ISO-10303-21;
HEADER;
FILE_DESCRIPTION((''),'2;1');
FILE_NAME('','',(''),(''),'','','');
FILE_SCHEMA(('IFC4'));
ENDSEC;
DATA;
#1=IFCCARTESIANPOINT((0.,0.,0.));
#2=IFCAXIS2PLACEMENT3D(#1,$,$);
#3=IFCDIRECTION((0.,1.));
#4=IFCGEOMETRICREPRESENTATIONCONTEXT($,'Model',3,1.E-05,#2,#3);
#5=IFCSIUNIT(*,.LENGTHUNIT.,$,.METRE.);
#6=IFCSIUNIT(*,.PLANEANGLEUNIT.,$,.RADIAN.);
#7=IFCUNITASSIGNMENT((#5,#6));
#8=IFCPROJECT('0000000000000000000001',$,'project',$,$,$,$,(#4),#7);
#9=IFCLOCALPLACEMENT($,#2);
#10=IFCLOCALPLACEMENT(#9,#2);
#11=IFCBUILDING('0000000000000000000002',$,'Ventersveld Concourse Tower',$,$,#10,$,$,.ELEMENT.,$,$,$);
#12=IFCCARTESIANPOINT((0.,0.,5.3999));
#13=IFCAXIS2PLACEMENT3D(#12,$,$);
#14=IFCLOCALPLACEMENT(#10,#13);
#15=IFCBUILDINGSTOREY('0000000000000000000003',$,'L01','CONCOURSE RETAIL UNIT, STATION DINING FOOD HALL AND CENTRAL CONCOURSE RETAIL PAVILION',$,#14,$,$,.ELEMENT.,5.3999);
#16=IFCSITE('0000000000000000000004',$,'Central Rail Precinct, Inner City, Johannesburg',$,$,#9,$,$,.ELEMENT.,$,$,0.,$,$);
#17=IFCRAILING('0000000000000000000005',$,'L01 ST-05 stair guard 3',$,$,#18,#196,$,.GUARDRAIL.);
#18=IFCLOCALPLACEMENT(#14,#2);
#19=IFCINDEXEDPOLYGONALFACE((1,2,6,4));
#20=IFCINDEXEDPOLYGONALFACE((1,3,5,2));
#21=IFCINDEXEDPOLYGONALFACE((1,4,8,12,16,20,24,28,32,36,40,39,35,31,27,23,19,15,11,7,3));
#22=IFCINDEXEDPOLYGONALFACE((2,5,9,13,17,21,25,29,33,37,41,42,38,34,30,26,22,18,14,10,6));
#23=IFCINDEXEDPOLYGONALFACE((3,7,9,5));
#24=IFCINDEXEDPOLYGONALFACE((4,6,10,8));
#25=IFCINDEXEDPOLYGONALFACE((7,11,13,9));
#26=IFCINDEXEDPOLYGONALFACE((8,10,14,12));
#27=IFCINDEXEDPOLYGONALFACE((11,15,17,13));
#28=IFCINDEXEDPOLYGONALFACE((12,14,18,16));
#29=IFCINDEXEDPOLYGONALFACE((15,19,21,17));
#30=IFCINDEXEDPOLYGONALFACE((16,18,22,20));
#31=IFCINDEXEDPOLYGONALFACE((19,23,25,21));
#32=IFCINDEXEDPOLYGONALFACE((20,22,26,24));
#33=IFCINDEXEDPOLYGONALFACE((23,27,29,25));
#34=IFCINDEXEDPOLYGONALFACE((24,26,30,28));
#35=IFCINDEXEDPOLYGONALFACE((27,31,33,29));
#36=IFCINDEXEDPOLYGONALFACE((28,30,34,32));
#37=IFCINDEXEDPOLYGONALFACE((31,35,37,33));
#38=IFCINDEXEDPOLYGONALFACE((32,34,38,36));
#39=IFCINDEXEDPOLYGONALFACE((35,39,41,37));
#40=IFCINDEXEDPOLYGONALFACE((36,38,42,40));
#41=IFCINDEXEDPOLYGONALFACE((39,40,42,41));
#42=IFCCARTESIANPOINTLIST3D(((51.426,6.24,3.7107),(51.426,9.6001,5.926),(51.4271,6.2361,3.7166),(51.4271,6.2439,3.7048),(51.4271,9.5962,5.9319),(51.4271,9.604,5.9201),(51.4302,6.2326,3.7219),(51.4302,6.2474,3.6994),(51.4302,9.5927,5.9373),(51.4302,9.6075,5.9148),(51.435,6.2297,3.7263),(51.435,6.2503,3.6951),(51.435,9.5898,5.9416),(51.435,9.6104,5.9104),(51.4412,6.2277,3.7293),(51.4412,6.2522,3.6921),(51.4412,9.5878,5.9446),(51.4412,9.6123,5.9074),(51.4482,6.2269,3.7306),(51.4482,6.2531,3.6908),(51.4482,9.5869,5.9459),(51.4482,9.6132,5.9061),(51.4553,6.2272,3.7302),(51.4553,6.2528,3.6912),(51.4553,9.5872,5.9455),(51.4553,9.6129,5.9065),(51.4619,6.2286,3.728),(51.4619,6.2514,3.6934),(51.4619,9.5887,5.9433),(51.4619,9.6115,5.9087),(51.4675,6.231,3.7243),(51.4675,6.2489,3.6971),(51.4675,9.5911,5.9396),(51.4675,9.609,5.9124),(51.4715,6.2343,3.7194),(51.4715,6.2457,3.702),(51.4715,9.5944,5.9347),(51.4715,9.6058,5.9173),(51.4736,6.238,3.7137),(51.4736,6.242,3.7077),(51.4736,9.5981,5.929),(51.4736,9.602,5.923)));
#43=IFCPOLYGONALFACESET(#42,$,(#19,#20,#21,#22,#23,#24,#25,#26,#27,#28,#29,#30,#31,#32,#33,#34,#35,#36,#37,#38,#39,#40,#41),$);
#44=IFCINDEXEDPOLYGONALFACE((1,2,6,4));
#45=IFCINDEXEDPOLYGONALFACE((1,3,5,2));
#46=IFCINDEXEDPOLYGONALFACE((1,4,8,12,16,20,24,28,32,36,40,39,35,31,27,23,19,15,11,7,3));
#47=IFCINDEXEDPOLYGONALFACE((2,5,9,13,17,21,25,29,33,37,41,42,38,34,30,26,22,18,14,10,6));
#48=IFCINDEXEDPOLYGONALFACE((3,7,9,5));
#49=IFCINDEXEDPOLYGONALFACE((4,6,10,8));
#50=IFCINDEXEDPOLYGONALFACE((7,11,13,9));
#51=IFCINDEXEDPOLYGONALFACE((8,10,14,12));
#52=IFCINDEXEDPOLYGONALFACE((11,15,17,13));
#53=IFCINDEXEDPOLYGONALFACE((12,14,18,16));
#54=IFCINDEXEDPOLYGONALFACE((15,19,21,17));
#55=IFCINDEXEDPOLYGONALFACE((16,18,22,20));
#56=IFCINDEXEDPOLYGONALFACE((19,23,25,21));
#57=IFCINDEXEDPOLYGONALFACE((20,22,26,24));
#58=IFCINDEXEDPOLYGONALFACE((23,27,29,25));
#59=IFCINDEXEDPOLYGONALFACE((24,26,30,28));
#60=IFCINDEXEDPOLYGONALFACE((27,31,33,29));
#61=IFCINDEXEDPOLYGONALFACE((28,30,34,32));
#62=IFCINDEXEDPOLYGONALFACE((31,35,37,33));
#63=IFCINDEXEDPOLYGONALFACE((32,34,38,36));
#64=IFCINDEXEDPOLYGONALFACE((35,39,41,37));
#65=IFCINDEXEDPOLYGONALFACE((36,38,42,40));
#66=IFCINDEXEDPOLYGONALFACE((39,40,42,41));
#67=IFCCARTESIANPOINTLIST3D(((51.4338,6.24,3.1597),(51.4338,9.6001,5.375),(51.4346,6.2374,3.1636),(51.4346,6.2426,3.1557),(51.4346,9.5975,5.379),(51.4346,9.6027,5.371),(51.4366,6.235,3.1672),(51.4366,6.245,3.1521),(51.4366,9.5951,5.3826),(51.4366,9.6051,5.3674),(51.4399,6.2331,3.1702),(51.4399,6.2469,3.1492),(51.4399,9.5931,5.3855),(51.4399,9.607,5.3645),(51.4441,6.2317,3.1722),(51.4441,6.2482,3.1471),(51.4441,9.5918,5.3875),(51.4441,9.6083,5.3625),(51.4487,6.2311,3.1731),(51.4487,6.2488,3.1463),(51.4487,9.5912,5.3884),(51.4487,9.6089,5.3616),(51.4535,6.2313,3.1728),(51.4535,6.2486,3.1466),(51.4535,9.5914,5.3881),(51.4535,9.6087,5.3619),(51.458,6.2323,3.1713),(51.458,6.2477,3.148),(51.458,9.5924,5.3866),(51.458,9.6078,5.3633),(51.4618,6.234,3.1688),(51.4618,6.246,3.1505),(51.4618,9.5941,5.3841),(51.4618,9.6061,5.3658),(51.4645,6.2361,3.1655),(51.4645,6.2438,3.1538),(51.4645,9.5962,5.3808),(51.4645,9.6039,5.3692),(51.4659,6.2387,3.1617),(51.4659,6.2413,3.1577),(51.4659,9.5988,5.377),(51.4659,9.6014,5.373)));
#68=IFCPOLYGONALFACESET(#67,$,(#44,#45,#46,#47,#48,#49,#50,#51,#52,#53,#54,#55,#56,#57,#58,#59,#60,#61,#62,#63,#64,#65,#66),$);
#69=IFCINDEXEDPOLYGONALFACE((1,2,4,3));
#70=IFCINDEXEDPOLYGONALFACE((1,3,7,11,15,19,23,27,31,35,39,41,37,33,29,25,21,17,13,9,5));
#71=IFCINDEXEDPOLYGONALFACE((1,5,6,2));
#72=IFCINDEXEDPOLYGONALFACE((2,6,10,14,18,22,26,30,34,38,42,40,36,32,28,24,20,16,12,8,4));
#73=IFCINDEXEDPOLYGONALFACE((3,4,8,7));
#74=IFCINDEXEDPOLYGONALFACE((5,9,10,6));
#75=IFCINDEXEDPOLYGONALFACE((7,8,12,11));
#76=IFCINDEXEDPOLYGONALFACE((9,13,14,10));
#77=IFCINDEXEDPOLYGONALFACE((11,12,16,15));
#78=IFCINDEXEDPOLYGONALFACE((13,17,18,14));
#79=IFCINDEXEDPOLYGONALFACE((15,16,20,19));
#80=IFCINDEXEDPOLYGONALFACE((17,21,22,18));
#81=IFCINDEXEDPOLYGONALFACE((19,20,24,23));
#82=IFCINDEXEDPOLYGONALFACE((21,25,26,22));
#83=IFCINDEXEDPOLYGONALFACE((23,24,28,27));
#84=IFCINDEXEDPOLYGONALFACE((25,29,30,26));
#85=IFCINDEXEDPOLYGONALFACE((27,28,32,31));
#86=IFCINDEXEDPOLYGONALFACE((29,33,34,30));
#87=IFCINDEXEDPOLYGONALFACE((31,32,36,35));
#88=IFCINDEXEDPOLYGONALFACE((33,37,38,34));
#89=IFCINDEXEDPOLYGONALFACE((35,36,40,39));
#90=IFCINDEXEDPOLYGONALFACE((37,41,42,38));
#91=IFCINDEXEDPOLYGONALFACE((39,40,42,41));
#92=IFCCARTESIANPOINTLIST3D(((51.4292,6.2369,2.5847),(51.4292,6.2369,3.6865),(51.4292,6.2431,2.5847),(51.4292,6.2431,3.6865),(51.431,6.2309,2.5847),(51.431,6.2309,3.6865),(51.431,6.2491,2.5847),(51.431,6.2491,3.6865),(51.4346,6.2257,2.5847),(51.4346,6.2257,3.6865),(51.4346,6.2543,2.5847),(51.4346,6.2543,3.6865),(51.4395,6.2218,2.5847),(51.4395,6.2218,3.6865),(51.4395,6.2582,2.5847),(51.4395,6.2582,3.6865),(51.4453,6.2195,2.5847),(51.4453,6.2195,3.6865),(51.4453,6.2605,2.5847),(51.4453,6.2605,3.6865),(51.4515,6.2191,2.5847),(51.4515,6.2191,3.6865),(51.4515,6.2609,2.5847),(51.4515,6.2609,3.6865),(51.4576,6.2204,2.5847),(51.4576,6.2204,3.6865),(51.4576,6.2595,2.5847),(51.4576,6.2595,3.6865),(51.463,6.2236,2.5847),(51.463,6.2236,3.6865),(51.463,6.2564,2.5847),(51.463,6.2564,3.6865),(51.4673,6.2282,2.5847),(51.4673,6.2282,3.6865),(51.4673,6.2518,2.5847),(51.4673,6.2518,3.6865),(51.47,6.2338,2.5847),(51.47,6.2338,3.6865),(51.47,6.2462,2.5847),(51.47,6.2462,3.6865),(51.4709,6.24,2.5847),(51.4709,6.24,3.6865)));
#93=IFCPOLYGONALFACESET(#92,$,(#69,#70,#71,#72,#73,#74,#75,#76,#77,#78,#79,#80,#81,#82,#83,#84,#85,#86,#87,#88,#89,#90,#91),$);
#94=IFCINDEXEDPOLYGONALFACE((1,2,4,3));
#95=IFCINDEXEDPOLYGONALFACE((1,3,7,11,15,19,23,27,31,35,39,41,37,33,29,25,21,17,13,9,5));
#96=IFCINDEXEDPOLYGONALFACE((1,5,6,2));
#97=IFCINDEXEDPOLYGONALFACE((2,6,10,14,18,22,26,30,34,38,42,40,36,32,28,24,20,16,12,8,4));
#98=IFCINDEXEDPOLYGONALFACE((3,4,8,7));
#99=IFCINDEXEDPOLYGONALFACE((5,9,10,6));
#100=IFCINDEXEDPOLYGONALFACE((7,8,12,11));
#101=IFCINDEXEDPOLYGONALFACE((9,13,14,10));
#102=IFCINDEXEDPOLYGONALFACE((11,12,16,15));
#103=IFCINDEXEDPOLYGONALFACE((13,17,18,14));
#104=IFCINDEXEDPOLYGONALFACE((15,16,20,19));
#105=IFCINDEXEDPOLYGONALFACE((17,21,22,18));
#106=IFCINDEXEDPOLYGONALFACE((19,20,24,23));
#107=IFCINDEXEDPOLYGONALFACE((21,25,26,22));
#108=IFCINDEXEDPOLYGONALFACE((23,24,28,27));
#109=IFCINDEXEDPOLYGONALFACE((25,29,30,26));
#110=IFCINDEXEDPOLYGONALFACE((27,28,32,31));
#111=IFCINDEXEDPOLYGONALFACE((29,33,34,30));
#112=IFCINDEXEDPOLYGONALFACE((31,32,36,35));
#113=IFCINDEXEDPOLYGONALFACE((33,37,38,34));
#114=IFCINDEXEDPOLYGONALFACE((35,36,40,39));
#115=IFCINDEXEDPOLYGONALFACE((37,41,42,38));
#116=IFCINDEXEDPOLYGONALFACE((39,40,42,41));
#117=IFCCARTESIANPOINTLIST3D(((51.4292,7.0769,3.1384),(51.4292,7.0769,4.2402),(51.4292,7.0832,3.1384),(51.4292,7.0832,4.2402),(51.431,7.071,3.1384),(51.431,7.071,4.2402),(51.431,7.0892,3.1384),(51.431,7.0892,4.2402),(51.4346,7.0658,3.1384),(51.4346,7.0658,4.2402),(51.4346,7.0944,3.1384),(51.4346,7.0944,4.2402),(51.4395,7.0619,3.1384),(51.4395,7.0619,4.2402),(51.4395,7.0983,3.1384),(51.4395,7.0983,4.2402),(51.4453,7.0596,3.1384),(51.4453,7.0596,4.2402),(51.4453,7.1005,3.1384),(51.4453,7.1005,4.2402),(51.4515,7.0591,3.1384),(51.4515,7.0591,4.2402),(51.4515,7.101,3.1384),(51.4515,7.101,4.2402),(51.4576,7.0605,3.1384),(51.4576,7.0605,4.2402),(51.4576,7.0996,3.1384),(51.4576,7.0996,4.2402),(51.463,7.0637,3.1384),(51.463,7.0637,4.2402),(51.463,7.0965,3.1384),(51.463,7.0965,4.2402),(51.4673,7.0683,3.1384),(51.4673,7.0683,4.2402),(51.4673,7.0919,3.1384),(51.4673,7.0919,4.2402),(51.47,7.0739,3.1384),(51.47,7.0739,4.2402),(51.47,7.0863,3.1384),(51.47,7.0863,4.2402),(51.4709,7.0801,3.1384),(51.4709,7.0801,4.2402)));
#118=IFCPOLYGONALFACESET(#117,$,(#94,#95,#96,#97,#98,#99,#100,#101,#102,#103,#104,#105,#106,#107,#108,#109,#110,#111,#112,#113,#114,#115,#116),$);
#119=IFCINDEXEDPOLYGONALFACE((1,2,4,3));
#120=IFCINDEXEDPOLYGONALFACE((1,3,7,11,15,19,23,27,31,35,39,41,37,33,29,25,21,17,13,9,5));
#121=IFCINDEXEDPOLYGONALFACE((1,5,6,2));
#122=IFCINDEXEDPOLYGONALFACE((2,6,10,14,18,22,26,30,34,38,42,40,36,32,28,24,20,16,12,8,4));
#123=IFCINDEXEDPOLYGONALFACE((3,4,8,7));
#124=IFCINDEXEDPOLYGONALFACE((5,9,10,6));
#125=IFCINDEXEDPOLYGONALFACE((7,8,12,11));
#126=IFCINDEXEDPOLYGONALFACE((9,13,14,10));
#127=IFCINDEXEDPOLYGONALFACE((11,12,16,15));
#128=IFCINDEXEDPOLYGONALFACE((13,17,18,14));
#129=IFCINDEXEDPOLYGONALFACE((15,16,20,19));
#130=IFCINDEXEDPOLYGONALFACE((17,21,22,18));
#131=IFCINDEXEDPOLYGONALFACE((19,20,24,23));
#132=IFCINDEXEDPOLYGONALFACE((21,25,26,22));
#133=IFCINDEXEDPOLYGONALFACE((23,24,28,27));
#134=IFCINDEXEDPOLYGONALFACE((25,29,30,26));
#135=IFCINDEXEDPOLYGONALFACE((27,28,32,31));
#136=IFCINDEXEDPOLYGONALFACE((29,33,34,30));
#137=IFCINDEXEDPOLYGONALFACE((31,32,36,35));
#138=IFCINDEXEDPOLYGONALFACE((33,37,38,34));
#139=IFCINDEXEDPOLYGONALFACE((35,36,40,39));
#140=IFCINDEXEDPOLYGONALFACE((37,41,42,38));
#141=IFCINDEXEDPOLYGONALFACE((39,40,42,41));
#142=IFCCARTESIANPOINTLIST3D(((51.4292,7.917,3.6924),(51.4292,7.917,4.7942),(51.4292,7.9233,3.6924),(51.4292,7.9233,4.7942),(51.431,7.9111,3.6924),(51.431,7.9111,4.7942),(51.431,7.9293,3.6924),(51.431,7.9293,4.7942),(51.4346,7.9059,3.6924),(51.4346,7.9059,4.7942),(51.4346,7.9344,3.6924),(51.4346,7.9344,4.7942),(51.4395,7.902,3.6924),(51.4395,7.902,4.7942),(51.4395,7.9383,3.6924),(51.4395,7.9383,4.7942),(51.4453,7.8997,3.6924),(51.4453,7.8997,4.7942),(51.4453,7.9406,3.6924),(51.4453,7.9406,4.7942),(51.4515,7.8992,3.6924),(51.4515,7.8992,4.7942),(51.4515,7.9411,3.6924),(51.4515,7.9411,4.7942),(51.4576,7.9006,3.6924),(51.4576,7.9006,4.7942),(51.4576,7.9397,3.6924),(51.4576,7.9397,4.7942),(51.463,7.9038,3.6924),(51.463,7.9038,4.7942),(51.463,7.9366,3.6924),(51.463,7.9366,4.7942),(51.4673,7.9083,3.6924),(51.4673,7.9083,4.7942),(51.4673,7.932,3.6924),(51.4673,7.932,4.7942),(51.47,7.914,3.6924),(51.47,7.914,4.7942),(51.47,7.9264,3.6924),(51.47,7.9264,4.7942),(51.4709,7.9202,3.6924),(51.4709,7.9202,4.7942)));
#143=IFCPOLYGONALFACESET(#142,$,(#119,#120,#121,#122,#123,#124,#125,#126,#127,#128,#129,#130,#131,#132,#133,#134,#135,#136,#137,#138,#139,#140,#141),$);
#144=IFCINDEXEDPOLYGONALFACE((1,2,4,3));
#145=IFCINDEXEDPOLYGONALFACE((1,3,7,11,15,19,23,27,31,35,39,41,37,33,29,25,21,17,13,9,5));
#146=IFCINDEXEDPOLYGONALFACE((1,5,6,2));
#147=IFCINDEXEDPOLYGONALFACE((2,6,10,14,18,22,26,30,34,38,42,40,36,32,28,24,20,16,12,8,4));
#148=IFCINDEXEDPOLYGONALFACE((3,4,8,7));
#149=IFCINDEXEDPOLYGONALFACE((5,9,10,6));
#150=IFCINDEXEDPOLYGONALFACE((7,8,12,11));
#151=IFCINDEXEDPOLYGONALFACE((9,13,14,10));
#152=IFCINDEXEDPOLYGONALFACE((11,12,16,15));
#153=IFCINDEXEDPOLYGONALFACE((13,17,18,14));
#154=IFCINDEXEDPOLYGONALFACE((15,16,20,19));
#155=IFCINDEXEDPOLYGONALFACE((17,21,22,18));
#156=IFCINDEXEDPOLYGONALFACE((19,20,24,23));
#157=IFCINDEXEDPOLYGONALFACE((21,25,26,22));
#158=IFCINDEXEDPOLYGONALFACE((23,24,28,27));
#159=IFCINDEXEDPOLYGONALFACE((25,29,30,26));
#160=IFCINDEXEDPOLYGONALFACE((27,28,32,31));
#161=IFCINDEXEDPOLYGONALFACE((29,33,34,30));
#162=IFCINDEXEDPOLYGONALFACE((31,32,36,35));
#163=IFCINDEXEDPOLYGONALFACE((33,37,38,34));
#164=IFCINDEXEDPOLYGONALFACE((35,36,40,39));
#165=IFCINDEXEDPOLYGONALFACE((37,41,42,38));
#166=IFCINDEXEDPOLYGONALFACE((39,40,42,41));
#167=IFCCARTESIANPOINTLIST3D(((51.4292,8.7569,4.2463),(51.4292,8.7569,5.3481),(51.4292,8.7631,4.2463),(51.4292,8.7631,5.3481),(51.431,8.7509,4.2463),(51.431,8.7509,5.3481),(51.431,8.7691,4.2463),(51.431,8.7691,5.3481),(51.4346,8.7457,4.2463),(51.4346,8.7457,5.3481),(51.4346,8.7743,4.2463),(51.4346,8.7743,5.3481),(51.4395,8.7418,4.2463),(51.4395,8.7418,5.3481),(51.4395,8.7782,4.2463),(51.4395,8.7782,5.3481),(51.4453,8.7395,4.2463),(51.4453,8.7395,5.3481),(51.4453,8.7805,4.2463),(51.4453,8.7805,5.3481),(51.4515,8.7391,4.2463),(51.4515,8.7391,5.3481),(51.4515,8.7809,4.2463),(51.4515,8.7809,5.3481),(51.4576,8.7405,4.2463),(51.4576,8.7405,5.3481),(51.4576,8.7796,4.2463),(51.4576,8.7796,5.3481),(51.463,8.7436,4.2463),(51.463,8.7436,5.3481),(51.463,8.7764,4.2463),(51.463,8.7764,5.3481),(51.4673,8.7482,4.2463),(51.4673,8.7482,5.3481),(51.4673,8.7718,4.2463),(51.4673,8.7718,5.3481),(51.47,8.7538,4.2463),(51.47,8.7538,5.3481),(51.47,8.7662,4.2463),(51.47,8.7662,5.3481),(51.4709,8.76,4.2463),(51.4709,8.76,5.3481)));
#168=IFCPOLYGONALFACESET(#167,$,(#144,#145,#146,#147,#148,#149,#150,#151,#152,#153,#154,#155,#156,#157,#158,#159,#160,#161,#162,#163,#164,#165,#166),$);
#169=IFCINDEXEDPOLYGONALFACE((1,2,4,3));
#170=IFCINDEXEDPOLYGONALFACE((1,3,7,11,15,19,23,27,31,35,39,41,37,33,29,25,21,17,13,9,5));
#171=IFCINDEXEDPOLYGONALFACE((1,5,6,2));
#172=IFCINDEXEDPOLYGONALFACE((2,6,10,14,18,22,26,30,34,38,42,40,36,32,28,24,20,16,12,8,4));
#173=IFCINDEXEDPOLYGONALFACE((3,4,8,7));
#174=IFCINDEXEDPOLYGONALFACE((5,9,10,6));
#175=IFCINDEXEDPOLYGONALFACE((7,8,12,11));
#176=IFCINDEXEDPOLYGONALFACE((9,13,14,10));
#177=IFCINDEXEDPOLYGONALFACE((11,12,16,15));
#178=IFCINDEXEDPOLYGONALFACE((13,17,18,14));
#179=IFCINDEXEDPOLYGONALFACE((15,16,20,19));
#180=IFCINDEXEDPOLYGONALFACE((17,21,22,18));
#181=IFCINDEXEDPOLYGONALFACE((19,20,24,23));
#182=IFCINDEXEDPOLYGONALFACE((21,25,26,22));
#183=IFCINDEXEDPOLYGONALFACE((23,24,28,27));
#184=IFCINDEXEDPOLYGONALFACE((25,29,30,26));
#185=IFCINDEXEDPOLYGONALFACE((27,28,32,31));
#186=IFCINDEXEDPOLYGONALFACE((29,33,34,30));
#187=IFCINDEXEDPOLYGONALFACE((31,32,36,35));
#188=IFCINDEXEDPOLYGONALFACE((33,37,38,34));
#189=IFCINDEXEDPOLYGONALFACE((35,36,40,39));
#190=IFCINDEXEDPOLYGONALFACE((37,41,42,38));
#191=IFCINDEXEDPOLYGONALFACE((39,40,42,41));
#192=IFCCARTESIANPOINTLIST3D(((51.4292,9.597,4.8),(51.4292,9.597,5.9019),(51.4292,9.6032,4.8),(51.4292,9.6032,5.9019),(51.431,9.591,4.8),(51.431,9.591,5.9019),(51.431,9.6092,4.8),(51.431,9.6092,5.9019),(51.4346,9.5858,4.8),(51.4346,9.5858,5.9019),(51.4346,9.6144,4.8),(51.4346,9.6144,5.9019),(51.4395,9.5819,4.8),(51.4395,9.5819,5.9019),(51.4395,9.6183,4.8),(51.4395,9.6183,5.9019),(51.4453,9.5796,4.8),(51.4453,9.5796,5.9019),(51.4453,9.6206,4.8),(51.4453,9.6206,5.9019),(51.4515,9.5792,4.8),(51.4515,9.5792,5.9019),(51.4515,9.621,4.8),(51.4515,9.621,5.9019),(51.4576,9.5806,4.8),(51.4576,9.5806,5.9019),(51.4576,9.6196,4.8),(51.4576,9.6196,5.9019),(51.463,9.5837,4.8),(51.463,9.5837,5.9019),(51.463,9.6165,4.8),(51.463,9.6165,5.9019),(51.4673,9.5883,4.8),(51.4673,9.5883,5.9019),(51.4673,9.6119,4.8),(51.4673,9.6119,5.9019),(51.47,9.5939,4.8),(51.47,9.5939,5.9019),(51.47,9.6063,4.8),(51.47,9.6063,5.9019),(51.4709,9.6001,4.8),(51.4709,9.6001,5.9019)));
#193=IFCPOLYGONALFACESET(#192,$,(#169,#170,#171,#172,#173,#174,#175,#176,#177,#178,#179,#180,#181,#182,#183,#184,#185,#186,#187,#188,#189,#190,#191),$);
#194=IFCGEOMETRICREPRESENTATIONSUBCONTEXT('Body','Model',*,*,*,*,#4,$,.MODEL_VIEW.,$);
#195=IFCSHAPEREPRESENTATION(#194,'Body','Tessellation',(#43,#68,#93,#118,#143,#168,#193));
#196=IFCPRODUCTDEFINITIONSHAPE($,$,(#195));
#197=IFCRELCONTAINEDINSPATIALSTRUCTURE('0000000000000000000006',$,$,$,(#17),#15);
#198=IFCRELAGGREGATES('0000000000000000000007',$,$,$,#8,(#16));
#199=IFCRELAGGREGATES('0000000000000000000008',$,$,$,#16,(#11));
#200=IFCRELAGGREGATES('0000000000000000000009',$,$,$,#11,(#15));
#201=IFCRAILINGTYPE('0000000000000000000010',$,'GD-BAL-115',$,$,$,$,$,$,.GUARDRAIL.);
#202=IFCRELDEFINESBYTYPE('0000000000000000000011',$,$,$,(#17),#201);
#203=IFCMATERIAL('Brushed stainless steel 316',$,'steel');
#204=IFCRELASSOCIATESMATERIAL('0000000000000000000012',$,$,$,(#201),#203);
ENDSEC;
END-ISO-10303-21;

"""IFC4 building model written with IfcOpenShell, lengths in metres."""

from ifc_helpers import new_model, si_unit, direction, frame, origin, origin_2d, place, context, subcontext, project, spatial, circle, extrude, material, type_object, element, save


model = new_model("IFC4")

# Units and contexts
model_context = context("Model", 3, precision=1e-05, world=origin(), true_north=direction((0.0, 1.0)))
body_context = subcontext(model_context, "Body", "Model", "MODEL_VIEW")
ifc_project = project(units=[si_unit("LENGTHUNIT", "METRE"), si_unit("PLANEANGLEUNIT", "RADIAN")], contexts=[model_context])

# Site, building, storey
site_placement = place(None, origin())
site = spatial("IfcSite", under=ifc_project, at=site_placement, Name="Central Rail Precinct, Inner City, Johannesburg", CompositionType="ELEMENT", RefElevation=0.0)
building_placement = place(site_placement, origin())
building = spatial("IfcBuilding", under=site, at=building_placement, Name="Ventersveld Concourse Tower", CompositionType="ELEMENT")
storey_placement = place(building_placement, frame((0.0, 0.0, 5.3999)))
storey = spatial("IfcBuildingStorey", under=building, at=storey_placement, Name="L01", Description="CONCOURSE RETAIL UNIT, STATION DINING FOOD HALL AND CENTRAL CONCOURSE RETAIL PAVILION", CompositionType="ELEMENT", Elevation=5.3999)

# Shared definitions
ifc_material_1 = material(Name="Brushed stainless steel 316", Category="steel")

# Railing
railing_type_1 = type_object("IfcRailingType", Name="GD-BAL-115", PredefinedType="GUARDRAIL", material=ifc_material_1)
railing_1_placement = place(storey_placement, frame((51.45, 6.24, 2.5847)))
element("IfcRailing", 1, at=railing_1_placement, inside=storey, type_object=railing_type_1, Name="L01 ST-05 stair guard 3", PredefinedType="GUARDRAIL", context=body_context, shape_type="SweptSolid", body=[
    extrude(circle(Radius=0.0239, at=origin_2d()), frame((0.0, 0.0, 1.126), z_axis=(0.0, 0.834876, 0.550437), x_axis=(-1.0, 0.0, 0.0)), (0.0, 0.0, 1.0), 4.0247),
    extrude(circle(Radius=0.0161, at=origin_2d()), frame((0.0, 0.0, 0.575), z_axis=(0.0, 0.834876, 0.550437), x_axis=(-1.0, 0.0, 0.0)), (0.0, 0.0, 1.0), 4.0247),
    extrude(circle(Radius=0.021, at=origin_2d()), origin(), (0.0, 0.0, 1.0), 1.1018),
    extrude(circle(Radius=0.021, at=origin_2d()), frame((0.0, 0.8401, 0.5537)), (0.0, 0.0, 1.0), 1.1018),
    extrude(circle(Radius=0.021, at=origin_2d()), frame((0.0, 1.6802, 1.1077)), (0.0, 0.0, 1.0), 1.1018),
    extrude(circle(Radius=0.021, at=origin_2d()), frame((0.0, 2.52, 1.6616)), (0.0, 0.0, 1.0), 1.1018),
    extrude(circle(Radius=0.021, at=origin_2d()), frame((0.0, 3.3601, 2.2153)), (0.0, 0.0, 1.0), 1.1018),
])

save(model, "model.ifc")
